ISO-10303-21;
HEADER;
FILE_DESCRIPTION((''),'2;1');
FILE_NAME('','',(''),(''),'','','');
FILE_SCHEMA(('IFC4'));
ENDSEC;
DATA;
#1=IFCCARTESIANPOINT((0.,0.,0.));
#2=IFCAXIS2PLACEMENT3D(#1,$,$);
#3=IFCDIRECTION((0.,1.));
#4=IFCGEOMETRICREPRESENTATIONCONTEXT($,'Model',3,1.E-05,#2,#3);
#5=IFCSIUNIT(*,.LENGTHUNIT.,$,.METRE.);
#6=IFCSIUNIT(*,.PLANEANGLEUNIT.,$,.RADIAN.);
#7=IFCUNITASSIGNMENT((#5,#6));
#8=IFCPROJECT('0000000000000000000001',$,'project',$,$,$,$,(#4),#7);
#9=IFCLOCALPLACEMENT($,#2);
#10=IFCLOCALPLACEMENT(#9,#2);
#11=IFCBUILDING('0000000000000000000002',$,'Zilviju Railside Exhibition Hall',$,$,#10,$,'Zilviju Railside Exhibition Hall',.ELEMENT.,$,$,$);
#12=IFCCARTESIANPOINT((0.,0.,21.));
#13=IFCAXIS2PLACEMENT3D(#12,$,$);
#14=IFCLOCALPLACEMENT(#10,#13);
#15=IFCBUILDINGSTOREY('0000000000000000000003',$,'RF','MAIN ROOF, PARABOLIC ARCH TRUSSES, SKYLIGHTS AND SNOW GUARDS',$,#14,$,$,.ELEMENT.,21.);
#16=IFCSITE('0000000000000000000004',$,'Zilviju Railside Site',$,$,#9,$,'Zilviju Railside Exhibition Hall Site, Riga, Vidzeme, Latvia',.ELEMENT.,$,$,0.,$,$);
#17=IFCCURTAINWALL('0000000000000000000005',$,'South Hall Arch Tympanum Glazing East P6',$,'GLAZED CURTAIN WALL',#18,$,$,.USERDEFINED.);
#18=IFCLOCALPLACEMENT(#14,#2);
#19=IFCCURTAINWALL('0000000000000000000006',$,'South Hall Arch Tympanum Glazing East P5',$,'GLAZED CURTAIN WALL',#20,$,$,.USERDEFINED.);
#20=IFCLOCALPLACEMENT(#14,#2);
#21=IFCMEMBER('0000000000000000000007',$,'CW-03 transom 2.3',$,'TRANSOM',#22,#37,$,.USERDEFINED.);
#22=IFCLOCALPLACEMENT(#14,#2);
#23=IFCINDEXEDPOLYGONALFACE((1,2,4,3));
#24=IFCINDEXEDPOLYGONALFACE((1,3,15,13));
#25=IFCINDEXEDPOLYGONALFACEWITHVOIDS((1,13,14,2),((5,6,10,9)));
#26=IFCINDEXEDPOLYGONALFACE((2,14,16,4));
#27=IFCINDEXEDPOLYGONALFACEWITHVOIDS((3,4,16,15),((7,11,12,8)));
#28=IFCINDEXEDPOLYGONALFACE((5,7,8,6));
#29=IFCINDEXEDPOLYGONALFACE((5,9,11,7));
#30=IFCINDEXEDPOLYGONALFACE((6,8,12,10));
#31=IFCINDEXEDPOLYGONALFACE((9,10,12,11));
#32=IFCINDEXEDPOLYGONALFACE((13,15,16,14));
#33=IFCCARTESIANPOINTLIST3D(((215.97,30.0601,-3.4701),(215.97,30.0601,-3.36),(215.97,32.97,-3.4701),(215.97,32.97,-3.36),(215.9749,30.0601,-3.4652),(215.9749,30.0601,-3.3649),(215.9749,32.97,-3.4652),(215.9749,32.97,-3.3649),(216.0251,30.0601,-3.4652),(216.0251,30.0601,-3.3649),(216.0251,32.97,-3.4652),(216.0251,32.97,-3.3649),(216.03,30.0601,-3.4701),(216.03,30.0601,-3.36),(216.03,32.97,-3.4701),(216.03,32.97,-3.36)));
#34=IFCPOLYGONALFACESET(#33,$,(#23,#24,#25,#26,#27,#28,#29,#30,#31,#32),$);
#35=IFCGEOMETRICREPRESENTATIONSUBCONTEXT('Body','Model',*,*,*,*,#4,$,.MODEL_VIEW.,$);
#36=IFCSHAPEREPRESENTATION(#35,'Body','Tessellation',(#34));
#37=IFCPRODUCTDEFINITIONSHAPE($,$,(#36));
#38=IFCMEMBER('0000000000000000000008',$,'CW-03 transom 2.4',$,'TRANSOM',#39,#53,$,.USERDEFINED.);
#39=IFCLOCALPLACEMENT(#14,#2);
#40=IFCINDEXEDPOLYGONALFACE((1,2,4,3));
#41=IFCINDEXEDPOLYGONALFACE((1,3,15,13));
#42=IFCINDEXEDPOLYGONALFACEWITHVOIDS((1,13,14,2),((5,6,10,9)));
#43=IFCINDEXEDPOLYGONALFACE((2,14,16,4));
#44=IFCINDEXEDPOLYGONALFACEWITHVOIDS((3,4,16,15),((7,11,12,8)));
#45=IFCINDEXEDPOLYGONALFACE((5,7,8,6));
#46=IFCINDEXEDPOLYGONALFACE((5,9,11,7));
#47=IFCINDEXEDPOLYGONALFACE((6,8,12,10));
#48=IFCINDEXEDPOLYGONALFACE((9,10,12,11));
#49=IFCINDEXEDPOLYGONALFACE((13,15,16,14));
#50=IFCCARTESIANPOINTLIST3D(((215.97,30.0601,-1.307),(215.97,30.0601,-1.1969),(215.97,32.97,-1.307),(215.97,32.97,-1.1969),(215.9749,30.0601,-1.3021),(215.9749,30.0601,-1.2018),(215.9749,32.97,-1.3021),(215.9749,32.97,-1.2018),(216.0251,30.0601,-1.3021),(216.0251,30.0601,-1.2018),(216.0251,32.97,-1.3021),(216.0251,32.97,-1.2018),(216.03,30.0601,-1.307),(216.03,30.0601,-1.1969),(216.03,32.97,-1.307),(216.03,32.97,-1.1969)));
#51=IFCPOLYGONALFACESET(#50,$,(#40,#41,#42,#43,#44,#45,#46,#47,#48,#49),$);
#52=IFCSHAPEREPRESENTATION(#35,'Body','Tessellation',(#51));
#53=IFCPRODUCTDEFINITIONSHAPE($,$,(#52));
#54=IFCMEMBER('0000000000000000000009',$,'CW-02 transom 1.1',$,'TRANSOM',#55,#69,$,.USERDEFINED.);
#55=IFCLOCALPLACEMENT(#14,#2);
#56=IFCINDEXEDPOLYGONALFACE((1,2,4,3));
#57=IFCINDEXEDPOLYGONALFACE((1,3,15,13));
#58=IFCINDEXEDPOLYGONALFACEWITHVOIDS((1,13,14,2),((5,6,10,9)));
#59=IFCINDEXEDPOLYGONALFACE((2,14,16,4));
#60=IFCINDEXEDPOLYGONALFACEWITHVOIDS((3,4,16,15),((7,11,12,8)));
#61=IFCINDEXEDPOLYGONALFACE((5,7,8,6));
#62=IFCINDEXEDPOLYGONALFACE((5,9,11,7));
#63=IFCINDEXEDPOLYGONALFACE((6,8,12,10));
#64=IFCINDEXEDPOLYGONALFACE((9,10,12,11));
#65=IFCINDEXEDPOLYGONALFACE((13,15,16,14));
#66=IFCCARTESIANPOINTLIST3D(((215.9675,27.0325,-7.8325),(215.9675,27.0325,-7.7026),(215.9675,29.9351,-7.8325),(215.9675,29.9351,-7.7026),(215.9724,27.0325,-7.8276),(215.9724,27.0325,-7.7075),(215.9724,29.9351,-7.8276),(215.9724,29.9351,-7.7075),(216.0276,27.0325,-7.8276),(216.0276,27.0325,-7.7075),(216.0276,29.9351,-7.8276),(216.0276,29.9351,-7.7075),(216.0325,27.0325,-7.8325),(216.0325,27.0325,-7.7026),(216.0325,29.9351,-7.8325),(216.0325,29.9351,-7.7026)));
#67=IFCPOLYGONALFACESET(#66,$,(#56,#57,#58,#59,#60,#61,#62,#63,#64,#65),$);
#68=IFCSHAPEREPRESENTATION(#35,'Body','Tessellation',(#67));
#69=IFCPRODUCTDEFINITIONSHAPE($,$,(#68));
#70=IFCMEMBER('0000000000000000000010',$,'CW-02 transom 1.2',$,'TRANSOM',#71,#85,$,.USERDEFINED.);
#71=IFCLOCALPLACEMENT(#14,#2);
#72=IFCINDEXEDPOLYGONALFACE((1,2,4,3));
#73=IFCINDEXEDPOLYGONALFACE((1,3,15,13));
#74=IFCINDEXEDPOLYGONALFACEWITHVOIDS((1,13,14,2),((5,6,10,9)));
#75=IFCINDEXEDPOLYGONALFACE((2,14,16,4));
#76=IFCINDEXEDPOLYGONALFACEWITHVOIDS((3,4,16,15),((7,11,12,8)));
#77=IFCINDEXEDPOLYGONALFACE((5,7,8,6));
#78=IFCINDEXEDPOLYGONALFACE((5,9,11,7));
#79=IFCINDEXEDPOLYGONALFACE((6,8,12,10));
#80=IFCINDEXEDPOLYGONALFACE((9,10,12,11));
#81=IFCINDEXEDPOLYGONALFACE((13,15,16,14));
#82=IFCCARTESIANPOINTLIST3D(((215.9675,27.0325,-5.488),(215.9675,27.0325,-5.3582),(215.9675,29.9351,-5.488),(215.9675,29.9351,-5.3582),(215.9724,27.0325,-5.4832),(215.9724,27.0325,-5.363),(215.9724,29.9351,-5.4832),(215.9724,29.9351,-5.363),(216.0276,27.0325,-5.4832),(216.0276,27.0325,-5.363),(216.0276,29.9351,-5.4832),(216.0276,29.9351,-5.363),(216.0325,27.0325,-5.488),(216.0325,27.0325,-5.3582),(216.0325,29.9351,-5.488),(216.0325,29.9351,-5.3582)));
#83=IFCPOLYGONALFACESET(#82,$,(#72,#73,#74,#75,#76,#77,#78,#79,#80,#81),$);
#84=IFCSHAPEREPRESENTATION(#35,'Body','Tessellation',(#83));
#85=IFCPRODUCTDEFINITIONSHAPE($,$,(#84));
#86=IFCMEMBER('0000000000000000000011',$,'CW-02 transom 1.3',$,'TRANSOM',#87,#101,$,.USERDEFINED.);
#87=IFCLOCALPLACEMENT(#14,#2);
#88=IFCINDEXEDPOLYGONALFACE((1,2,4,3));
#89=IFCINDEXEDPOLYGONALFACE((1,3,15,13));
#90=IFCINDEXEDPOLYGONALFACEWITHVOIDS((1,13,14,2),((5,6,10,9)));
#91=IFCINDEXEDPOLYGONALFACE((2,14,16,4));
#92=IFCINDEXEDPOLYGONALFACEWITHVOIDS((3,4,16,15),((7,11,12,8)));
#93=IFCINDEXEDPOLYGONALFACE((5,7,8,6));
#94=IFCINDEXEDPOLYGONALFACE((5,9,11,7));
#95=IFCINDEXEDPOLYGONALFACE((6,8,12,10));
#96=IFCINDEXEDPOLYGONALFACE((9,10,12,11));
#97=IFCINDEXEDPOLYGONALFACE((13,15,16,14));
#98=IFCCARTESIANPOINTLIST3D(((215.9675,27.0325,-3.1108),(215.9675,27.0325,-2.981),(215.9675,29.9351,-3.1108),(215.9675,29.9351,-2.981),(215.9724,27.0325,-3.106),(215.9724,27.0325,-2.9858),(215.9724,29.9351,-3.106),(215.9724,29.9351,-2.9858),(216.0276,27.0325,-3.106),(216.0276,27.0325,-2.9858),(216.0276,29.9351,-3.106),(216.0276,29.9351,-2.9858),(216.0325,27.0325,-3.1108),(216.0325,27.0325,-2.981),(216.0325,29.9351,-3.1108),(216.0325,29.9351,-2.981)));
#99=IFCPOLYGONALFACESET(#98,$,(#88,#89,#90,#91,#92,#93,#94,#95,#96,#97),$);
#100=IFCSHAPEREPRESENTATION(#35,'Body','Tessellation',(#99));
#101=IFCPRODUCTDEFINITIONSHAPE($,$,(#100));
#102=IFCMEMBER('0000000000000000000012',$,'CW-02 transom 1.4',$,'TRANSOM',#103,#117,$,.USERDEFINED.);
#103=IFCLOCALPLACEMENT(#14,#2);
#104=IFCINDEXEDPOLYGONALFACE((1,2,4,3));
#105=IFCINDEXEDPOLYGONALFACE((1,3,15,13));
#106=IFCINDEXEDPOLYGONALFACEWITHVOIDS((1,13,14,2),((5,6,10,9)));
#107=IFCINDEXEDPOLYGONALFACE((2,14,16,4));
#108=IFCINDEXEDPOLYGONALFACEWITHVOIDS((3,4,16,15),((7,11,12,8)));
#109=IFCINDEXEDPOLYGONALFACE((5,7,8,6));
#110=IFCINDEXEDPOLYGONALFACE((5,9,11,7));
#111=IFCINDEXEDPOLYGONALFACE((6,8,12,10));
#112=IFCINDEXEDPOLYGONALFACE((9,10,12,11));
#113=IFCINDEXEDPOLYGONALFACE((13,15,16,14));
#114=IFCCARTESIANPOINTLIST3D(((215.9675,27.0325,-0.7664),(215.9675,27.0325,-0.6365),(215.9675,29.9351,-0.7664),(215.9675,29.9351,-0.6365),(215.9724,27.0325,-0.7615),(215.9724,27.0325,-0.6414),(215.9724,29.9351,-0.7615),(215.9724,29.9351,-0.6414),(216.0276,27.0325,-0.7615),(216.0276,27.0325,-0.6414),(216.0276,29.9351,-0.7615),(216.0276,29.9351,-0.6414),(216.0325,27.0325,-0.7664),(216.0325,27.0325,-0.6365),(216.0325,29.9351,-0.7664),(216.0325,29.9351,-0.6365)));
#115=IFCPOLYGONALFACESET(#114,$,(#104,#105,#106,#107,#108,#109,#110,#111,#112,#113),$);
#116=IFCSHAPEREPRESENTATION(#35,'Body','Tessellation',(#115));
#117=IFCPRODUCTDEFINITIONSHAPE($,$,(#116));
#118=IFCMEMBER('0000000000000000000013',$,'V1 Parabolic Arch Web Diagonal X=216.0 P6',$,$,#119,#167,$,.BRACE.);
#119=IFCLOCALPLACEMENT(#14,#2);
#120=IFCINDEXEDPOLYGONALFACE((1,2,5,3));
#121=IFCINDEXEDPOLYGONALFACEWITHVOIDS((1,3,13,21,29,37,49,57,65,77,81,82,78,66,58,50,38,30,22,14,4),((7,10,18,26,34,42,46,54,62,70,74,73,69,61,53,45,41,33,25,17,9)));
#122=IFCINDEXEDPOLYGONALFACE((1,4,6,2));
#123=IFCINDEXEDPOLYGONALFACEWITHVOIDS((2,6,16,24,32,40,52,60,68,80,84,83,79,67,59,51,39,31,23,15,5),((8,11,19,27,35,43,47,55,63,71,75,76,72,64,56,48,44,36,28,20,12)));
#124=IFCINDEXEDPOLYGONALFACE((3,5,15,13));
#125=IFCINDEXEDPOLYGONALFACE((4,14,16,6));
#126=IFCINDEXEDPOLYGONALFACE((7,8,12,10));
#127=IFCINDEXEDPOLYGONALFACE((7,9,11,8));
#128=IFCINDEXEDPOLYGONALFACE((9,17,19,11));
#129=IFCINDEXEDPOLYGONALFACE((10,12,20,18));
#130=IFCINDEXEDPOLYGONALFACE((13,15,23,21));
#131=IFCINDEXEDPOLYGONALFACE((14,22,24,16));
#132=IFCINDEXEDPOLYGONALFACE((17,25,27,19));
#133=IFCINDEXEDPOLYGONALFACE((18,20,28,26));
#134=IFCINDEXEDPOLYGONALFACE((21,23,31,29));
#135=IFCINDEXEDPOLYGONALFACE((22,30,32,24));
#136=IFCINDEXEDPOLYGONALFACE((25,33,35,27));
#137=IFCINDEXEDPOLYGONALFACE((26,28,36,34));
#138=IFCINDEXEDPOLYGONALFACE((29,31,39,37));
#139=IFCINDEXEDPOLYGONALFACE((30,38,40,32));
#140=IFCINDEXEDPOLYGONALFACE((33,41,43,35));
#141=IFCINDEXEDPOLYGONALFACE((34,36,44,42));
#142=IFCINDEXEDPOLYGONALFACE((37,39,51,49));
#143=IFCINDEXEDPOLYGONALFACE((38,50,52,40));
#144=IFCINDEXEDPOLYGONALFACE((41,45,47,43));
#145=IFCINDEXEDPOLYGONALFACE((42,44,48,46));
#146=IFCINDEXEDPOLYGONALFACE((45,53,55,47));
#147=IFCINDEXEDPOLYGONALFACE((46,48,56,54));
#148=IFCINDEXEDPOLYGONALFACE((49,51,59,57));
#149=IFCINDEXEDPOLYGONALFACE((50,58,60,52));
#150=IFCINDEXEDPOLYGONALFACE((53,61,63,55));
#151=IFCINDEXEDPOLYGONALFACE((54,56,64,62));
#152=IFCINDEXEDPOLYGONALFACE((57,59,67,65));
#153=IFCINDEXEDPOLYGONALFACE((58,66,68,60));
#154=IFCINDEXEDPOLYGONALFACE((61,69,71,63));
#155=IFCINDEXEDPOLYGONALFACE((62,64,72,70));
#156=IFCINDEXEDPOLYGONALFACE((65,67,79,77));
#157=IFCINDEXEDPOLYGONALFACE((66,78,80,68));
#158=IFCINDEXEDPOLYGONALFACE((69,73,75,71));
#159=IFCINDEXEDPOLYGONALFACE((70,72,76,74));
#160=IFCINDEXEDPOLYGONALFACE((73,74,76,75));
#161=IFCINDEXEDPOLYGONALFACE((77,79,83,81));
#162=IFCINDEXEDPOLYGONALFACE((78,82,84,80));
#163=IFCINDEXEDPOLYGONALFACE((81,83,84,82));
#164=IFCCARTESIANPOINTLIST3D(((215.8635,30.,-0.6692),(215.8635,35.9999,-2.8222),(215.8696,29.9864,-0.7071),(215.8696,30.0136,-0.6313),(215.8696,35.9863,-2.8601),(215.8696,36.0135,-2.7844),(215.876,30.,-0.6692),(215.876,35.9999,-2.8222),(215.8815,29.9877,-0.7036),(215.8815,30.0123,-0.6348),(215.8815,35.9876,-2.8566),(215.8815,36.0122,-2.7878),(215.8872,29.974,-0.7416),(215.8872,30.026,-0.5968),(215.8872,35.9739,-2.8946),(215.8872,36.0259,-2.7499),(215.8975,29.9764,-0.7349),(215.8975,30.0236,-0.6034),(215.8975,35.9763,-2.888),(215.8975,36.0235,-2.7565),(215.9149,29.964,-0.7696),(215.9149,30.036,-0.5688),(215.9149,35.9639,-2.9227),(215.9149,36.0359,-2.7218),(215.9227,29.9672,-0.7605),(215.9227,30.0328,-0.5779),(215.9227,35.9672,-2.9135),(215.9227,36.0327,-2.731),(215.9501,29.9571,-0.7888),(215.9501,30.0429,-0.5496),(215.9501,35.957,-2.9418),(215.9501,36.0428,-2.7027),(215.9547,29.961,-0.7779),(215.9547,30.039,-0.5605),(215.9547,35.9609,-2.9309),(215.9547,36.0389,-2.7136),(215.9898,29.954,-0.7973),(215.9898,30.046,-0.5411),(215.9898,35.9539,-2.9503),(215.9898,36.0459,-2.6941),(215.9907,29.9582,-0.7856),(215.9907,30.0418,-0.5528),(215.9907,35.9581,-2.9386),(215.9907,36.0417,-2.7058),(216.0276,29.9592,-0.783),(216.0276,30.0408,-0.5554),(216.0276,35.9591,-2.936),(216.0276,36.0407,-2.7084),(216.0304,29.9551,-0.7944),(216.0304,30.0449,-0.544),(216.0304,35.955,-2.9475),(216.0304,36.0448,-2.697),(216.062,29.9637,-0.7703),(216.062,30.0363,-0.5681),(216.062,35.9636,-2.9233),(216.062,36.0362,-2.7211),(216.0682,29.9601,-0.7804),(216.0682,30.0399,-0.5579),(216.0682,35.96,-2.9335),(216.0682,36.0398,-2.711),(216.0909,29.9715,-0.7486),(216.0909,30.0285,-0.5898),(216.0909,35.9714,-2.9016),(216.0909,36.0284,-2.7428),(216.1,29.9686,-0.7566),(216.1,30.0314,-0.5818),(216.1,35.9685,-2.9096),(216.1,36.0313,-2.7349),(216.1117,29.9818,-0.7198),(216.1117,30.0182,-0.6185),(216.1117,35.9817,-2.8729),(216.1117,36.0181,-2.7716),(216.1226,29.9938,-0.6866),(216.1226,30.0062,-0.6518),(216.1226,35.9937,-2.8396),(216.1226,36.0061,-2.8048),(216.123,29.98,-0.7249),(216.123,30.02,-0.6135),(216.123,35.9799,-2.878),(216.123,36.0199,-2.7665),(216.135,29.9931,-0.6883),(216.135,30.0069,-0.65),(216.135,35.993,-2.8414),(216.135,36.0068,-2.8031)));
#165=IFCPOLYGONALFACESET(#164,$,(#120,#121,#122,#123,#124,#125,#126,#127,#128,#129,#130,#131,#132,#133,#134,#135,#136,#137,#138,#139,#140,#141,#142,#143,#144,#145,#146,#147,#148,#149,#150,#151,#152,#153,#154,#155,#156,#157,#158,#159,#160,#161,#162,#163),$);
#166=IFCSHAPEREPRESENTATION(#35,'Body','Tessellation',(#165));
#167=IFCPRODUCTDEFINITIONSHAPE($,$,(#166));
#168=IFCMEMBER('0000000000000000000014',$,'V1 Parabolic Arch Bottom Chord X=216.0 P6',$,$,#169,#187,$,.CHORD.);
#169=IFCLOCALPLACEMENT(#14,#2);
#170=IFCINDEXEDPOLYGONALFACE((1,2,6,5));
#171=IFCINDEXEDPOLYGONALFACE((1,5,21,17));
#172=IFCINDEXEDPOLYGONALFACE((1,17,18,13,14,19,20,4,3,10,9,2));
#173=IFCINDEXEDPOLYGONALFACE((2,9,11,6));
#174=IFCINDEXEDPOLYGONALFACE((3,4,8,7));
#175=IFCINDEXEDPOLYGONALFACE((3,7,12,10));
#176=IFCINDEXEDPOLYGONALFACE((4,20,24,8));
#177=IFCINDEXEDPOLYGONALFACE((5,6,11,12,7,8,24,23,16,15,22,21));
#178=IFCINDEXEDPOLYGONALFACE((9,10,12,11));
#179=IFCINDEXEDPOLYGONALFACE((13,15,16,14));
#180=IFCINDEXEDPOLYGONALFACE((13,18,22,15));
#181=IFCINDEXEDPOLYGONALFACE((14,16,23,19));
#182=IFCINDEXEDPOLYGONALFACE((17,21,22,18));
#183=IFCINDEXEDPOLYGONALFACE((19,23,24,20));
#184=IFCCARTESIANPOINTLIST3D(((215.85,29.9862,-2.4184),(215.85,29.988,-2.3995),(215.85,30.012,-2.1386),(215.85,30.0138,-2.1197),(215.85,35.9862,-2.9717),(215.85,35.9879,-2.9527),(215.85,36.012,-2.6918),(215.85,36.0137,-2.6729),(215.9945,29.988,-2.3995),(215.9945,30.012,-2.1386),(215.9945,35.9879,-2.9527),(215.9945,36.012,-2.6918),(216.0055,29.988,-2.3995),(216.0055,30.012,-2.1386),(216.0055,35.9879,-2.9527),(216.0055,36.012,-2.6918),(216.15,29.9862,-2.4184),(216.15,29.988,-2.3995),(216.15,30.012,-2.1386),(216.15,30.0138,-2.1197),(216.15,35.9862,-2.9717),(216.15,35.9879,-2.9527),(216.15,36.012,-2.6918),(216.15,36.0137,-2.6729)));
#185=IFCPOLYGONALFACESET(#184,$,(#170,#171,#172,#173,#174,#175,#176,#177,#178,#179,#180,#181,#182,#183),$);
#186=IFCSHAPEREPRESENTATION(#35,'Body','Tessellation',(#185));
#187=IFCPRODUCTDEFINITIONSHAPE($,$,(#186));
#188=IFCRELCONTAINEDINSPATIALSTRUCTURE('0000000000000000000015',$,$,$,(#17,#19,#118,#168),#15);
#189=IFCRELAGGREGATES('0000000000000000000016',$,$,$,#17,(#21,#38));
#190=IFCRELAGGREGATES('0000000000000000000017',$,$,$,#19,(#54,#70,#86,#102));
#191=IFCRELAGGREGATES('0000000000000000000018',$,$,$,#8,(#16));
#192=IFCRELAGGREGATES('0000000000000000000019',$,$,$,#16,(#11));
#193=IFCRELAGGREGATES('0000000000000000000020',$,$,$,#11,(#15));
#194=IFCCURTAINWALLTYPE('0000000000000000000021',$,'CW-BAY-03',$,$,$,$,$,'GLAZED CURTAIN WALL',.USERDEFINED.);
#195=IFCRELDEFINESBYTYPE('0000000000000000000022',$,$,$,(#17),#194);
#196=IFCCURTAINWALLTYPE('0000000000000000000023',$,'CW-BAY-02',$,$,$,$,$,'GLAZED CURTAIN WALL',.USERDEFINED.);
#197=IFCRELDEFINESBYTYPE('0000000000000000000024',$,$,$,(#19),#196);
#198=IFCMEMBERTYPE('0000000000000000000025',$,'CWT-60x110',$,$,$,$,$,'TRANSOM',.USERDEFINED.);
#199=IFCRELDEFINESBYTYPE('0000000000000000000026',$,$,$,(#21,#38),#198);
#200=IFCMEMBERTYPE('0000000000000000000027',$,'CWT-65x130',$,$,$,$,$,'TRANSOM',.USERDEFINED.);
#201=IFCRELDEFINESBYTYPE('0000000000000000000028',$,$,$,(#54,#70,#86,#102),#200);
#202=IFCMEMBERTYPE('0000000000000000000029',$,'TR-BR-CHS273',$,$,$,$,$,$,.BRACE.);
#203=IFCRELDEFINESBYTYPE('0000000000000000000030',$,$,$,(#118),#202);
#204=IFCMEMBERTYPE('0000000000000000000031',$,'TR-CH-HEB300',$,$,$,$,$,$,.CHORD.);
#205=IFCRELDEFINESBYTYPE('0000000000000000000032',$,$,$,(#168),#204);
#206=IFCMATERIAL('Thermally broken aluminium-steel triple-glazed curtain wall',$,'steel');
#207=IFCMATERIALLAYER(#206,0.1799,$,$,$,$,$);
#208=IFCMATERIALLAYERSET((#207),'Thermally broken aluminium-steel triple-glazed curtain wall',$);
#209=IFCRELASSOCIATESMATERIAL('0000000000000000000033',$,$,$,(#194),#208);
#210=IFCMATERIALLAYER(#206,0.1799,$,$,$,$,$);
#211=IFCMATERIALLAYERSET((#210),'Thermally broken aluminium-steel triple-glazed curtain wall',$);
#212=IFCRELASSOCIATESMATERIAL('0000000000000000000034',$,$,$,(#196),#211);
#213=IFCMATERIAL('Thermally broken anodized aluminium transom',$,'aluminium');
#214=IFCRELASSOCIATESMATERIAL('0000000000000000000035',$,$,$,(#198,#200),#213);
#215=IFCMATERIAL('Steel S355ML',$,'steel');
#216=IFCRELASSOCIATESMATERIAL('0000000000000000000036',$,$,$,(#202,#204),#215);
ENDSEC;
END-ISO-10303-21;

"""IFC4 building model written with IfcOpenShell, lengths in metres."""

from ifc_helpers import new_model, si_unit, direction, frame, origin, origin_2d, place, context, subcontext, project, spatial, hollow_rectangle, hollow_circle, i_section, extrude, material, layer, layer_set, material_profile, profile_set, type_object, element, aggregate, save


model = new_model("IFC4")

# Units and contexts
model_context = context("Model", 3, precision=1e-05, world=origin(), true_north=direction((0.0, 1.0)))
body_context = subcontext(model_context, "Body", "Model", "MODEL_VIEW")
ifc_project = project(units=[si_unit("LENGTHUNIT", "METRE"), si_unit("PLANEANGLEUNIT", "RADIAN")], contexts=[model_context])

# Site, building, storey
site_placement = place(None, origin())
site = spatial("IfcSite", under=ifc_project, at=site_placement, Name="Zilviju Railside Site", LongName="Zilviju Railside Exhibition Hall Site, Riga, Vidzeme, Latvia", CompositionType="ELEMENT", RefElevation=0.0)
building_placement = place(site_placement, origin())
building = spatial("IfcBuilding", under=site, at=building_placement, Name="Zilviju Railside Exhibition Hall", LongName="Zilviju Railside Exhibition Hall", CompositionType="ELEMENT")
storey_placement = place(building_placement, frame((0.0, 0.0, 21.0)))
storey = spatial("IfcBuildingStorey", under=building, at=storey_placement, Name="RF", Description="MAIN ROOF, PARABOLIC ARCH TRUSSES, SKYLIGHTS AND SNOW GUARDS", CompositionType="ELEMENT", Elevation=21.0)

# Curtain wall
ifc_material_1 = material(Name="Thermally broken aluminium-steel triple-glazed curtain wall", Category="steel")
ifc_layer_1 = layer(ifc_material_1, 0.1799)
ifc_layer_set_1 = layer_set([ifc_layer_1], Name="Thermally broken aluminium-steel triple-glazed curtain wall")
curtain_wall_type_1 = type_object("IfcCurtainWallType", Name="CW-BAY-03", ElementType="GLAZED CURTAIN WALL", PredefinedType="USERDEFINED", material=ifc_layer_set_1)
curtain_wall_1_placement = place(storey_placement, origin())
curtain_wall_1 = element("IfcCurtainWall", 1, at=curtain_wall_1_placement, inside=storey, type_object=curtain_wall_type_1, Name="South Hall Arch Tympanum Glazing East P6", ObjectType="GLAZED CURTAIN WALL", PredefinedType="USERDEFINED")

# Curtain wall
ifc_layer_2 = layer(ifc_material_1, 0.1799)
ifc_layer_set_2 = layer_set([ifc_layer_2], Name="Thermally broken aluminium-steel triple-glazed curtain wall")
curtain_wall_type_2 = type_object("IfcCurtainWallType", Name="CW-BAY-02", ElementType="GLAZED CURTAIN WALL", PredefinedType="USERDEFINED", material=ifc_layer_set_2)
curtain_wall_2_placement = place(storey_placement, origin())
curtain_wall_2 = element("IfcCurtainWall", 2, at=curtain_wall_2_placement, inside=storey, type_object=curtain_wall_type_2, Name="South Hall Arch Tympanum Glazing East P5", ObjectType="GLAZED CURTAIN WALL", PredefinedType="USERDEFINED")

# Members
ifc_material_2 = material(Name="Thermally broken anodized aluminium transom", Category="aluminium")
ifc_material_profile_1 = material_profile(ifc_material_2, hollow_rectangle(XDim=0.0601, YDim=0.1101, WallThickness=0.0049, at=origin_2d()), Name="TRANSOM 110x60x5")
ifc_profile_set_1 = profile_set([ifc_material_profile_1], Name="Thermally broken anodized aluminium transom")
member_type_1 = type_object("IfcMemberType", Name="CWT-60x110", ElementType="TRANSOM", PredefinedType="USERDEFINED", material=ifc_profile_set_1)
member_1_placement = place(storey_placement, frame((216.0, 32.97, -3.415), z_axis=(0.0, -1.0, 0.0), x_axis=(1.0, 0.0, 0.0)))
member_1 = element("IfcMember", 3, at=member_1_placement, type_object=member_type_1, Name="CW-03 transom 2.3", ObjectType="TRANSOM", PredefinedType="USERDEFINED", context=body_context, shape_type="SweptSolid", body=[
    extrude(hollow_rectangle(XDim=0.0601, YDim=0.1101, WallThickness=0.0049, at=origin_2d()), origin(), (0.0, 0.0, 1.0), 2.9099),
])
member_2_placement = place(storey_placement, frame((216.0, 32.97, -1.252), z_axis=(0.0, -1.0, 0.0), x_axis=(1.0, 0.0, 0.0)))
member_2 = element("IfcMember", 4, at=member_2_placement, type_object=member_type_1, Name="CW-03 transom 2.4", ObjectType="TRANSOM", PredefinedType="USERDEFINED", context=body_context, shape_type="SweptSolid", body=[
    extrude(hollow_rectangle(XDim=0.0601, YDim=0.1101, WallThickness=0.0049, at=origin_2d()), origin(), (0.0, 0.0, 1.0), 2.9099),
])
ifc_material_profile_2 = material_profile(ifc_material_2, hollow_rectangle(XDim=0.0649, YDim=0.1299, WallThickness=0.0049, at=origin_2d()), Name="TRANSOM 130x65x5")
ifc_profile_set_2 = profile_set([ifc_material_profile_2], Name="Thermally broken anodized aluminium transom")
member_type_2 = type_object("IfcMemberType", Name="CWT-65x130", ElementType="TRANSOM", PredefinedType="USERDEFINED", material=ifc_profile_set_2)
member_3_placement = place(storey_placement, frame((216.0, 29.9351, -7.7676), z_axis=(0.0, -1.0, 0.0), x_axis=(1.0, 0.0, 0.0)))
member_3 = element("IfcMember", 5, at=member_3_placement, type_object=member_type_2, Name="CW-02 transom 1.1", ObjectType="TRANSOM", PredefinedType="USERDEFINED", context=body_context, shape_type="SweptSolid", body=[
    extrude(hollow_rectangle(XDim=0.0649, YDim=0.1299, WallThickness=0.0049, at=origin_2d()), origin(), (0.0, 0.0, 1.0), 2.9026),
])
member_4_placement = place(storey_placement, frame((216.0, 29.9351, -5.4231), z_axis=(0.0, -1.0, 0.0), x_axis=(1.0, 0.0, 0.0)))
member_4 = element("IfcMember", 6, at=member_4_placement, type_object=member_type_2, Name="CW-02 transom 1.2", ObjectType="TRANSOM", PredefinedType="USERDEFINED", context=body_context, shape_type="SweptSolid", body=[
    extrude(hollow_rectangle(XDim=0.0649, YDim=0.1299, WallThickness=0.0049, at=origin_2d()), origin(), (0.0, 0.0, 1.0), 2.9026),
])
member_5_placement = place(storey_placement, frame((216.0, 29.9351, -3.0459), z_axis=(0.0, -1.0, 0.0), x_axis=(1.0, 0.0, 0.0)))
member_5 = element("IfcMember", 7, at=member_5_placement, type_object=member_type_2, Name="CW-02 transom 1.3", ObjectType="TRANSOM", PredefinedType="USERDEFINED", context=body_context, shape_type="SweptSolid", body=[
    extrude(hollow_rectangle(XDim=0.0649, YDim=0.1299, WallThickness=0.0049, at=origin_2d()), origin(), (0.0, 0.0, 1.0), 2.9026),
])
member_6_placement = place(storey_placement, frame((216.0, 29.9351, -0.7014), z_axis=(0.0, -1.0, 0.0), x_axis=(1.0, 0.0, 0.0)))
member_6 = element("IfcMember", 8, at=member_6_placement, type_object=member_type_2, Name="CW-02 transom 1.4", ObjectType="TRANSOM", PredefinedType="USERDEFINED", context=body_context, shape_type="SweptSolid", body=[
    extrude(hollow_rectangle(XDim=0.0649, YDim=0.1299, WallThickness=0.0049, at=origin_2d()), origin(), (0.0, 0.0, 1.0), 2.9026),
])

# Members
ifc_material_3 = material(Name="Steel S355ML", Category="steel")
ifc_material_profile_3 = material_profile(ifc_material_3, hollow_circle(Radius=0.1365, WallThickness=0.0125, at=origin_2d()), Name="CHS 273.0x12.5")
ifc_profile_set_3 = profile_set([ifc_material_profile_3], Name="Steel S355ML")
member_type_3 = type_object("IfcMemberType", Name="TR-BR-CHS273", PredefinedType="BRACE", material=ifc_profile_set_3)
member_7_placement = place(storey_placement, frame((216.0, 30.0, -0.6692), z_axis=(0.0, 0.941233, -0.337758), x_axis=(-1.0, 0.0, 0.0)))
element("IfcMember", 9, at=member_7_placement, inside=storey, type_object=member_type_3, Name="V1 Parabolic Arch Web Diagonal X=216.0 P6", PredefinedType="BRACE", context=body_context, shape_type="SweptSolid", body=[
    extrude(hollow_circle(Radius=0.1365, WallThickness=0.0125, at=origin_2d()), origin(), (0.0, 0.0, 1.0), 6.3745),
])
ifc_material_profile_4 = material_profile(ifc_material_3, i_section(OverallWidth=0.3, OverallDepth=0.3, WebThickness=0.011, FlangeThickness=0.019, at=origin_2d()), Name="HEB 300")
ifc_profile_set_4 = profile_set([ifc_material_profile_4], Name="Steel S355ML")
member_type_4 = type_object("IfcMemberType", Name="TR-CH-HEB300", PredefinedType="CHORD", material=ifc_profile_set_4)
member_8_placement = place(storey_placement, frame((216.0, 30.0, -2.269), z_axis=(0.0, 0.995776, -0.091814), x_axis=(-1.0, 0.0, 0.0)))
element("IfcMember", 10, at=member_8_placement, inside=storey, type_object=member_type_4, Name="V1 Parabolic Arch Bottom Chord X=216.0 P6", PredefinedType="CHORD", context=body_context, shape_type="SweptSolid", body=[
    extrude(i_section(OverallWidth=0.3, OverallDepth=0.3, WebThickness=0.011, FlangeThickness=0.019, at=origin_2d()), origin(), (0.0, 0.0, 1.0), 6.0254),
])

aggregate(curtain_wall_1, [member_1, member_2])
aggregate(curtain_wall_2, [member_3, member_4, member_5, member_6])

save(model, "model.ifc")
